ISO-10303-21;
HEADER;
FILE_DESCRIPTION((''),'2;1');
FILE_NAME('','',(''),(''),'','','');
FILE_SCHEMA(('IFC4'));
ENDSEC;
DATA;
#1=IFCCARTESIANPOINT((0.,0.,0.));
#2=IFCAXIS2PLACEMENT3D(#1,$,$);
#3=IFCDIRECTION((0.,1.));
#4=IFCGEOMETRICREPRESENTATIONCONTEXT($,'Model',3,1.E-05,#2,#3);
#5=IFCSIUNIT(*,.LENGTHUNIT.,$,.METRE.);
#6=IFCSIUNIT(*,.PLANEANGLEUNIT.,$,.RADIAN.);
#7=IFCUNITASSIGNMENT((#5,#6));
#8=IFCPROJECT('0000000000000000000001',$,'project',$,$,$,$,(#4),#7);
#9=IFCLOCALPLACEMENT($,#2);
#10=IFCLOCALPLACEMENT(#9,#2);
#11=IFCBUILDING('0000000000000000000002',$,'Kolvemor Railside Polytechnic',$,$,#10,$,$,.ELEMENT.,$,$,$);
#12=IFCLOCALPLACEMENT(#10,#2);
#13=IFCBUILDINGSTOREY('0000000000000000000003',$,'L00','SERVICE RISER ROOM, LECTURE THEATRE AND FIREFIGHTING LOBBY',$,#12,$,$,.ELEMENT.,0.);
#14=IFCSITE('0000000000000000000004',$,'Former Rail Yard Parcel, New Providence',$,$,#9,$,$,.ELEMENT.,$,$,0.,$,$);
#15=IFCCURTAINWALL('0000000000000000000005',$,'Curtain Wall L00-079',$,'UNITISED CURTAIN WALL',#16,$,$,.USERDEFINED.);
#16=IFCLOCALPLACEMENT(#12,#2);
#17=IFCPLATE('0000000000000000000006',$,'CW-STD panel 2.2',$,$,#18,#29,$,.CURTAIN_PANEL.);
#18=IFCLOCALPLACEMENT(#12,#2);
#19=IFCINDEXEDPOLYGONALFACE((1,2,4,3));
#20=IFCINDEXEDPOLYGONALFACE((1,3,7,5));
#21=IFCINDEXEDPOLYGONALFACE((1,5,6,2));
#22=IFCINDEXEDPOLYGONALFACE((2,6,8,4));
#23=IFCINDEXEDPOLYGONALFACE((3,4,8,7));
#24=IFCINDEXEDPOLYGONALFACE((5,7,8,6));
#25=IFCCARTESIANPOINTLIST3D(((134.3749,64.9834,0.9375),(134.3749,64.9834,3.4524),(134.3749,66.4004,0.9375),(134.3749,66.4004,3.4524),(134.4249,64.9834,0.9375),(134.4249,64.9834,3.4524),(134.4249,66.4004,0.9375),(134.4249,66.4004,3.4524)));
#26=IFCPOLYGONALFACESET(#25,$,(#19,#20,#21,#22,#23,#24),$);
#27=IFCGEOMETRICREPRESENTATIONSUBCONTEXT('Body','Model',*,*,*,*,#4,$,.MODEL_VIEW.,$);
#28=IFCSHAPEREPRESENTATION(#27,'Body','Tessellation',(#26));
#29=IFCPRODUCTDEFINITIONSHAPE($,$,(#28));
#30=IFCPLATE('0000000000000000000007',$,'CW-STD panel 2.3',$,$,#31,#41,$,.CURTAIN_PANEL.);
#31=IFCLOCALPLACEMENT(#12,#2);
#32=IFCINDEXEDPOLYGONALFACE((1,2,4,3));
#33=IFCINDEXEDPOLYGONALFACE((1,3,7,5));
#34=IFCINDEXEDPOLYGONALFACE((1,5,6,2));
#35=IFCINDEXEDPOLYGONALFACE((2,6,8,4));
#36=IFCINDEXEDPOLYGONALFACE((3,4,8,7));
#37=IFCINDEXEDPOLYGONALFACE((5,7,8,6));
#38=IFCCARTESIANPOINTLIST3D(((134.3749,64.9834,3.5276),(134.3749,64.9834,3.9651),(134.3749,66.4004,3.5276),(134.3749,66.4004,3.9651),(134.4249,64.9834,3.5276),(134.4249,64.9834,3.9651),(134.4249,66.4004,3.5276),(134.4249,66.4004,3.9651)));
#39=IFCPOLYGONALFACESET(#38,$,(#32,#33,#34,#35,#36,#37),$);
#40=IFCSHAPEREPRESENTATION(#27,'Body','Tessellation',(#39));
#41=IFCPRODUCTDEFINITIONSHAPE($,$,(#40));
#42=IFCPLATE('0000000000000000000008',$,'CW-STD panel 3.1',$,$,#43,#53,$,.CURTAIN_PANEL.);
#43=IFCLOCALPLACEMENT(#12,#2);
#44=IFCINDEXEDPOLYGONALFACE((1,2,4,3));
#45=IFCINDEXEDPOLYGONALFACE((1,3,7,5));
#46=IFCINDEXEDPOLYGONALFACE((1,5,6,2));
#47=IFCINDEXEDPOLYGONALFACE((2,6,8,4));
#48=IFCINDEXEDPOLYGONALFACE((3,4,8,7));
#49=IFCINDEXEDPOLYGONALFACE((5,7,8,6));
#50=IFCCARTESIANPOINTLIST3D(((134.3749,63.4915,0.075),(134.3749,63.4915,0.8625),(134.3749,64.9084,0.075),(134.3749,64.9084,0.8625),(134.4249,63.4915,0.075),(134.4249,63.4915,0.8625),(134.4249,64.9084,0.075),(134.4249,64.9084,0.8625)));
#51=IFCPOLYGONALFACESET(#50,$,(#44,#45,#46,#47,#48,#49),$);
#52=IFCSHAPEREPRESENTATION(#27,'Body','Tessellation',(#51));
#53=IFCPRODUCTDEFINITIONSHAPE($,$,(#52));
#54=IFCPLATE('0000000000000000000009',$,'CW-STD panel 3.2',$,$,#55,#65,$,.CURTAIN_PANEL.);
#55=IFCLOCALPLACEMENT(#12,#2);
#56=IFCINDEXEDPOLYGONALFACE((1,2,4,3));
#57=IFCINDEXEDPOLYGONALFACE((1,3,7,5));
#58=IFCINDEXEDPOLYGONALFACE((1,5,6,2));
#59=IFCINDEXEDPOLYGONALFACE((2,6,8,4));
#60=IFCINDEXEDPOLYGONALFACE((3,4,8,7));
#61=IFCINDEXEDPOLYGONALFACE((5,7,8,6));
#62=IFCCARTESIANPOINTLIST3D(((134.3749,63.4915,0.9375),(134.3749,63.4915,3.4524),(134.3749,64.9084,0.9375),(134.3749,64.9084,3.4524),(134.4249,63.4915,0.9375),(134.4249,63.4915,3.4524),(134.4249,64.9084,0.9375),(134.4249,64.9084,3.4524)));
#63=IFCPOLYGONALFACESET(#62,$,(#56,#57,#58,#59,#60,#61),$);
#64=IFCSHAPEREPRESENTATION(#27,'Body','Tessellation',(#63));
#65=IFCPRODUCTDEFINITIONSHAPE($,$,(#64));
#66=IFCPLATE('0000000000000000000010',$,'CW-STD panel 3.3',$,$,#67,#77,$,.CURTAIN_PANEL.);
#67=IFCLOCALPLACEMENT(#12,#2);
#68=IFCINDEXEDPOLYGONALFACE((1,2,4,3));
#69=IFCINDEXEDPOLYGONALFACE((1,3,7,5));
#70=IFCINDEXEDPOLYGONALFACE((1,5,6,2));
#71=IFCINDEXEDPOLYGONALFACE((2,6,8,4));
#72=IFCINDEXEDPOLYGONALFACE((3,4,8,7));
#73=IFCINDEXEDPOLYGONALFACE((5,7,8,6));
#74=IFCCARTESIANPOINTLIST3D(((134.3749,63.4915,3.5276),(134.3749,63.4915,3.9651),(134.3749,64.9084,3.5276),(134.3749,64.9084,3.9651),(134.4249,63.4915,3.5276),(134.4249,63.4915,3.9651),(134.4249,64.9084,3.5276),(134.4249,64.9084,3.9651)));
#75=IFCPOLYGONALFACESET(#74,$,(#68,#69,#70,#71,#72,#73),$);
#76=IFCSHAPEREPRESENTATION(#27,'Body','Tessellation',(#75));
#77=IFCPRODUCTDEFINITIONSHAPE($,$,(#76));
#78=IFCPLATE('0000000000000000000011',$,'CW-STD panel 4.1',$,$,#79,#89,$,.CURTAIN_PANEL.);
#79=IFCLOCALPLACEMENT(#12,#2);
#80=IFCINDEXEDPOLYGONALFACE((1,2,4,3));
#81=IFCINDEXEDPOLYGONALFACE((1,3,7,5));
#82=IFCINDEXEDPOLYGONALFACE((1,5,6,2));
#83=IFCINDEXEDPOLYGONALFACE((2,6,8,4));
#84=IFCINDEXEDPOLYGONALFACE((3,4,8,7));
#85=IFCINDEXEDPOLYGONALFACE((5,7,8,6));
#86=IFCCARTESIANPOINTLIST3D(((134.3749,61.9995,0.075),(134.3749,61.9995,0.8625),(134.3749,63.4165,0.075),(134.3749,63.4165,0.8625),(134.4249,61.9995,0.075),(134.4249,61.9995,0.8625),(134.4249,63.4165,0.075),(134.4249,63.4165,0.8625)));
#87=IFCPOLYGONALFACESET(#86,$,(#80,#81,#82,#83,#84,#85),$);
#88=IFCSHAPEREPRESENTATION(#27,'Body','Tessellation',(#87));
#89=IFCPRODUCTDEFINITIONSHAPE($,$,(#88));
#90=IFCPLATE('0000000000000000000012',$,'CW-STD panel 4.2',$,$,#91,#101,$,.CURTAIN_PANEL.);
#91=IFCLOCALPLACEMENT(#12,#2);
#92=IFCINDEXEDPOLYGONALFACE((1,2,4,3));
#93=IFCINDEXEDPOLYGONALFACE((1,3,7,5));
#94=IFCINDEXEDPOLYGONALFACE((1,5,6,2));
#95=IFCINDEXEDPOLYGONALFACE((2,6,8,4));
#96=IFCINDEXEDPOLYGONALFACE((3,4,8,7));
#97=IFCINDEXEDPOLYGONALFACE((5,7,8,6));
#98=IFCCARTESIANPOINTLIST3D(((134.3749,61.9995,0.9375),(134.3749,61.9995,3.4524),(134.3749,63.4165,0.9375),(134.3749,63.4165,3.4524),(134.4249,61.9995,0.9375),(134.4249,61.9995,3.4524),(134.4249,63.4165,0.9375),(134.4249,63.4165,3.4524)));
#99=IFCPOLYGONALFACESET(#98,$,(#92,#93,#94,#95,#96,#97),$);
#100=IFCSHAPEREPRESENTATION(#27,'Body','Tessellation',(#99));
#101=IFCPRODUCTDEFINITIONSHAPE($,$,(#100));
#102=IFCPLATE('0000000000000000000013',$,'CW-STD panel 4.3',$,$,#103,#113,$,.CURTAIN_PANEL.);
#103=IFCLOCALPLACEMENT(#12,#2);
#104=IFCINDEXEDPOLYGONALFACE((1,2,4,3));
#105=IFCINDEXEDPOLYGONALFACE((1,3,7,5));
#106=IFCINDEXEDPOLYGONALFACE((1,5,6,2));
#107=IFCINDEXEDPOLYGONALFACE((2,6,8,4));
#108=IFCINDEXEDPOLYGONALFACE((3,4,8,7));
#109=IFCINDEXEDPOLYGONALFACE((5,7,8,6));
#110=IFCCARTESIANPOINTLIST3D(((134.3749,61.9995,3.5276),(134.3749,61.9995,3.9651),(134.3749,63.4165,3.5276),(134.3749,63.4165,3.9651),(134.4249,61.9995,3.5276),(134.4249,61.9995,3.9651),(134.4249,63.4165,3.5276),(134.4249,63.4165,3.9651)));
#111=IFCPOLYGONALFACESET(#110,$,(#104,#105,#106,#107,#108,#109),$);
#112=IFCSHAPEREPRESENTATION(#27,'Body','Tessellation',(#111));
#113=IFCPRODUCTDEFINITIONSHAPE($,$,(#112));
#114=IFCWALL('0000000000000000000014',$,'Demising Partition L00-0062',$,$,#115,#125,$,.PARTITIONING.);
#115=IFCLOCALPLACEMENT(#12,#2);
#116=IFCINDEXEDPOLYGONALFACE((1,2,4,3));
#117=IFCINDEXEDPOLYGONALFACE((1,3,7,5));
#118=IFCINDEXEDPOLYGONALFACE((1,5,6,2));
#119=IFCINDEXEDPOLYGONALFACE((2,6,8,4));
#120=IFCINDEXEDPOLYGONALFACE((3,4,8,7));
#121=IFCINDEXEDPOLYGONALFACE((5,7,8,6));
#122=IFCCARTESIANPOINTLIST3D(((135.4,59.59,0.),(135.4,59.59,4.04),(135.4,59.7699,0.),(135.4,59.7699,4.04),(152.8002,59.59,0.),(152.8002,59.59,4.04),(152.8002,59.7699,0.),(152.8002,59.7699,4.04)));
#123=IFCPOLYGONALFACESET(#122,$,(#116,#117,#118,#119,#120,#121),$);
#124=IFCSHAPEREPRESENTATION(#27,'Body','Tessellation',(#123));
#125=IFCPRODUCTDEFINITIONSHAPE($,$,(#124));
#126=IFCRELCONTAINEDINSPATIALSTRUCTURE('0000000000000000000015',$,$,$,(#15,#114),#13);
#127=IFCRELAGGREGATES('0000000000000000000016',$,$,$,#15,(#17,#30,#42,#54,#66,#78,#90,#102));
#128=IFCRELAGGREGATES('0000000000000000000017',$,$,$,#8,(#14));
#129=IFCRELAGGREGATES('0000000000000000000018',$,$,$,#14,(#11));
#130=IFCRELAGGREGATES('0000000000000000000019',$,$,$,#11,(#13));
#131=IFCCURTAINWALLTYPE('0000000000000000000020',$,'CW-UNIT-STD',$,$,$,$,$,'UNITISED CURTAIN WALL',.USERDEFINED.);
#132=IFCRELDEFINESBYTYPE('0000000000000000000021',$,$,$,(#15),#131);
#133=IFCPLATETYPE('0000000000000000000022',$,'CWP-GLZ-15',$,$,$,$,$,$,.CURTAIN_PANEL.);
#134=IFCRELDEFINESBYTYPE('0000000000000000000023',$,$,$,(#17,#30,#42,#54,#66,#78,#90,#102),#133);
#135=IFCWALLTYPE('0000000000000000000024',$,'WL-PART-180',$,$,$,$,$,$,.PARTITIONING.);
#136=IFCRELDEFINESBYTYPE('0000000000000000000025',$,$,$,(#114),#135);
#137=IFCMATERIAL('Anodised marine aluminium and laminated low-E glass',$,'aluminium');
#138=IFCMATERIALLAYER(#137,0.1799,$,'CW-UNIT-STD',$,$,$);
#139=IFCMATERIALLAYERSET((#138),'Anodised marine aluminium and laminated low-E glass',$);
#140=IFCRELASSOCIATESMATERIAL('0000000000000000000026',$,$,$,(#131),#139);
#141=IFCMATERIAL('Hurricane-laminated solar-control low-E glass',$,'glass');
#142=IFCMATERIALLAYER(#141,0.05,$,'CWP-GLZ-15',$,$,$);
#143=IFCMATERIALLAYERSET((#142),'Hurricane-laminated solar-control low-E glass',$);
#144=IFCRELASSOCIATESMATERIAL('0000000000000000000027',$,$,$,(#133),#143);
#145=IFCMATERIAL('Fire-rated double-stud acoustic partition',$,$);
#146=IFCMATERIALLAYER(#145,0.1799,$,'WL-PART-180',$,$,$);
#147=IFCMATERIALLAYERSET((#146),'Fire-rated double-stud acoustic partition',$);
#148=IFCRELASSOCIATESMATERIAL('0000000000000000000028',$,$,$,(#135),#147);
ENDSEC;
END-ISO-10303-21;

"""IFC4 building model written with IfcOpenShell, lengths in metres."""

from ifc_helpers import new_model, si_unit, direction, frame, frame_2d, origin, origin_2d, place, context, subcontext, project, spatial, rectangle, extrude, material, layer, layer_set, type_object, element, aggregate, save


model = new_model("IFC4")

# Units and contexts
model_context = context("Model", 3, precision=1e-05, world=origin(), true_north=direction((0.0, 1.0)))
body_context = subcontext(model_context, "Body", "Model", "MODEL_VIEW")
ifc_project = project(units=[si_unit("LENGTHUNIT", "METRE"), si_unit("PLANEANGLEUNIT", "RADIAN")], contexts=[model_context])

# Site, building, storey
site_placement = place(None, origin())
site = spatial("IfcSite", under=ifc_project, at=site_placement, Name="Former Rail Yard Parcel, New Providence", CompositionType="ELEMENT", RefElevation=0.0)
building_placement = place(site_placement, origin())
building = spatial("IfcBuilding", under=site, at=building_placement, Name="Kolvemor Railside Polytechnic", CompositionType="ELEMENT")
storey_placement = place(building_placement, origin())
storey = spatial("IfcBuildingStorey", under=building, at=storey_placement, Name="L00", Description="SERVICE RISER ROOM, LECTURE THEATRE AND FIREFIGHTING LOBBY", CompositionType="ELEMENT", Elevation=0.0)

# Curtain wall, plates
ifc_material_1 = material(Name="Anodised marine aluminium and laminated low-E glass", Category="aluminium")
ifc_layer_1 = layer(ifc_material_1, 0.1799, Name="CW-UNIT-STD")
ifc_layer_set_1 = layer_set([ifc_layer_1], Name="Anodised marine aluminium and laminated low-E glass")
curtain_wall_type = type_object("IfcCurtainWallType", Name="CW-UNIT-STD", ElementType="UNITISED CURTAIN WALL", PredefinedType="USERDEFINED", material=ifc_layer_set_1)
curtain_wall_placement = place(storey_placement, origin())
curtain_wall = element("IfcCurtainWall", 1, at=curtain_wall_placement, inside=storey, type_object=curtain_wall_type, Name="Curtain Wall L00-079", ObjectType="UNITISED CURTAIN WALL", PredefinedType="USERDEFINED")
ifc_material_2 = material(Name="Hurricane-laminated solar-control low-E glass", Category="glass")
ifc_layer_2 = layer(ifc_material_2, 0.05, Name="CWP-GLZ-15")
ifc_layer_set_2 = layer_set([ifc_layer_2], Name="Hurricane-laminated solar-control low-E glass")
plate_type = type_object("IfcPlateType", Name="CWP-GLZ-15", PredefinedType="CURTAIN_PANEL", material=ifc_layer_set_2)
plate_1_placement = place(storey_placement, frame((134.3999, 65.6919, 0.9375), z_axis=(0.0, 0.0, 1.0), x_axis=(0.0, -1.0, 0.0)))
plate_1 = element("IfcPlate", 2, at=plate_1_placement, type_object=plate_type, Name="CW-STD panel 2.2", PredefinedType="CURTAIN_PANEL", context=body_context, shape_type="SweptSolid", body=[
    extrude(rectangle(XDim=1.417, YDim=0.05, at=origin_2d()), origin(), (0.0, 0.0, 1.0), 2.5149),
])
plate_2_placement = place(storey_placement, frame((134.3999, 65.6919, 3.5276), z_axis=(0.0, 0.0, 1.0), x_axis=(0.0, -1.0, 0.0)))
plate_2 = element("IfcPlate", 3, at=plate_2_placement, type_object=plate_type, Name="CW-STD panel 2.3", PredefinedType="CURTAIN_PANEL", context=body_context, shape_type="SweptSolid", body=[
    extrude(rectangle(XDim=1.417, YDim=0.05, at=origin_2d()), origin(), (0.0, 0.0, 1.0), 0.4375),
])
plate_3_placement = place(storey_placement, frame((134.3999, 64.2, 0.075), z_axis=(0.0, 0.0, 1.0), x_axis=(0.0, -1.0, 0.0)))
plate_3 = element("IfcPlate", 4, at=plate_3_placement, type_object=plate_type, Name="CW-STD panel 3.1", PredefinedType="CURTAIN_PANEL", context=body_context, shape_type="SweptSolid", body=[
    extrude(rectangle(XDim=1.417, YDim=0.05, at=origin_2d()), origin(), (0.0, 0.0, 1.0), 0.7876),
])
plate_4_placement = place(storey_placement, frame((134.3999, 64.2, 0.9375), z_axis=(0.0, 0.0, 1.0), x_axis=(0.0, -1.0, 0.0)))
plate_4 = element("IfcPlate", 5, at=plate_4_placement, type_object=plate_type, Name="CW-STD panel 3.2", PredefinedType="CURTAIN_PANEL", context=body_context, shape_type="SweptSolid", body=[
    extrude(rectangle(XDim=1.417, YDim=0.05, at=origin_2d()), origin(), (0.0, 0.0, 1.0), 2.5149),
])
plate_5_placement = place(storey_placement, frame((134.3999, 64.2, 3.5276), z_axis=(0.0, 0.0, 1.0), x_axis=(0.0, -1.0, 0.0)))
plate_5 = element("IfcPlate", 6, at=plate_5_placement, type_object=plate_type, Name="CW-STD panel 3.3", PredefinedType="CURTAIN_PANEL", context=body_context, shape_type="SweptSolid", body=[
    extrude(rectangle(XDim=1.417, YDim=0.05, at=origin_2d()), origin(), (0.0, 0.0, 1.0), 0.4375),
])
plate_6_placement = place(storey_placement, frame((134.3999, 62.708, 0.075), z_axis=(0.0, 0.0, 1.0), x_axis=(0.0, -1.0, 0.0)))
plate_6 = element("IfcPlate", 7, at=plate_6_placement, type_object=plate_type, Name="CW-STD panel 4.1", PredefinedType="CURTAIN_PANEL", context=body_context, shape_type="SweptSolid", body=[
    extrude(rectangle(XDim=1.417, YDim=0.05, at=origin_2d()), origin(), (0.0, 0.0, 1.0), 0.7876),
])
plate_7_placement = place(storey_placement, frame((134.3999, 62.708, 0.9375), z_axis=(0.0, 0.0, 1.0), x_axis=(0.0, -1.0, 0.0)))
plate_7 = element("IfcPlate", 8, at=plate_7_placement, type_object=plate_type, Name="CW-STD panel 4.2", PredefinedType="CURTAIN_PANEL", context=body_context, shape_type="SweptSolid", body=[
    extrude(rectangle(XDim=1.417, YDim=0.05, at=origin_2d()), origin(), (0.0, 0.0, 1.0), 2.5149),
])
plate_8_placement = place(storey_placement, frame((134.3999, 62.708, 3.5276), z_axis=(0.0, 0.0, 1.0), x_axis=(0.0, -1.0, 0.0)))
plate_8 = element("IfcPlate", 9, at=plate_8_placement, type_object=plate_type, Name="CW-STD panel 4.3", PredefinedType="CURTAIN_PANEL", context=body_context, shape_type="SweptSolid", body=[
    extrude(rectangle(XDim=1.417, YDim=0.05, at=origin_2d()), origin(), (0.0, 0.0, 1.0), 0.4375),
])
aggregate(curtain_wall, [plate_1, plate_2, plate_3, plate_4, plate_5, plate_6, plate_7, plate_8])

# Wall
ifc_material_3 = material(Name="Fire-rated double-stud acoustic partition")
ifc_layer_3 = layer(ifc_material_3, 0.1799, Name="WL-PART-180")
ifc_layer_set_3 = layer_set([ifc_layer_3], Name="Fire-rated double-stud acoustic partition")
wall_type = type_object("IfcWallType", Name="WL-PART-180", PredefinedType="PARTITIONING", material=ifc_layer_set_3)
wall_placement = place(storey_placement, frame((135.3999, 59.6799, 0.0), z_axis=(0.0, 0.0, 1.0), x_axis=(1.0, 0.0, 0.0)))
element("IfcWall", 10, at=wall_placement, inside=storey, type_object=wall_type, Name="Demising Partition L00-0062", PredefinedType="PARTITIONING", context=body_context, shape_type="SweptSolid", body=[
    extrude(rectangle(XDim=17.4001, YDim=0.1799, at=frame_2d((8.7002, 0.0))), origin(), (0.0, 0.0, 1.0), 4.04),
])

save(model, "model.ifc")
